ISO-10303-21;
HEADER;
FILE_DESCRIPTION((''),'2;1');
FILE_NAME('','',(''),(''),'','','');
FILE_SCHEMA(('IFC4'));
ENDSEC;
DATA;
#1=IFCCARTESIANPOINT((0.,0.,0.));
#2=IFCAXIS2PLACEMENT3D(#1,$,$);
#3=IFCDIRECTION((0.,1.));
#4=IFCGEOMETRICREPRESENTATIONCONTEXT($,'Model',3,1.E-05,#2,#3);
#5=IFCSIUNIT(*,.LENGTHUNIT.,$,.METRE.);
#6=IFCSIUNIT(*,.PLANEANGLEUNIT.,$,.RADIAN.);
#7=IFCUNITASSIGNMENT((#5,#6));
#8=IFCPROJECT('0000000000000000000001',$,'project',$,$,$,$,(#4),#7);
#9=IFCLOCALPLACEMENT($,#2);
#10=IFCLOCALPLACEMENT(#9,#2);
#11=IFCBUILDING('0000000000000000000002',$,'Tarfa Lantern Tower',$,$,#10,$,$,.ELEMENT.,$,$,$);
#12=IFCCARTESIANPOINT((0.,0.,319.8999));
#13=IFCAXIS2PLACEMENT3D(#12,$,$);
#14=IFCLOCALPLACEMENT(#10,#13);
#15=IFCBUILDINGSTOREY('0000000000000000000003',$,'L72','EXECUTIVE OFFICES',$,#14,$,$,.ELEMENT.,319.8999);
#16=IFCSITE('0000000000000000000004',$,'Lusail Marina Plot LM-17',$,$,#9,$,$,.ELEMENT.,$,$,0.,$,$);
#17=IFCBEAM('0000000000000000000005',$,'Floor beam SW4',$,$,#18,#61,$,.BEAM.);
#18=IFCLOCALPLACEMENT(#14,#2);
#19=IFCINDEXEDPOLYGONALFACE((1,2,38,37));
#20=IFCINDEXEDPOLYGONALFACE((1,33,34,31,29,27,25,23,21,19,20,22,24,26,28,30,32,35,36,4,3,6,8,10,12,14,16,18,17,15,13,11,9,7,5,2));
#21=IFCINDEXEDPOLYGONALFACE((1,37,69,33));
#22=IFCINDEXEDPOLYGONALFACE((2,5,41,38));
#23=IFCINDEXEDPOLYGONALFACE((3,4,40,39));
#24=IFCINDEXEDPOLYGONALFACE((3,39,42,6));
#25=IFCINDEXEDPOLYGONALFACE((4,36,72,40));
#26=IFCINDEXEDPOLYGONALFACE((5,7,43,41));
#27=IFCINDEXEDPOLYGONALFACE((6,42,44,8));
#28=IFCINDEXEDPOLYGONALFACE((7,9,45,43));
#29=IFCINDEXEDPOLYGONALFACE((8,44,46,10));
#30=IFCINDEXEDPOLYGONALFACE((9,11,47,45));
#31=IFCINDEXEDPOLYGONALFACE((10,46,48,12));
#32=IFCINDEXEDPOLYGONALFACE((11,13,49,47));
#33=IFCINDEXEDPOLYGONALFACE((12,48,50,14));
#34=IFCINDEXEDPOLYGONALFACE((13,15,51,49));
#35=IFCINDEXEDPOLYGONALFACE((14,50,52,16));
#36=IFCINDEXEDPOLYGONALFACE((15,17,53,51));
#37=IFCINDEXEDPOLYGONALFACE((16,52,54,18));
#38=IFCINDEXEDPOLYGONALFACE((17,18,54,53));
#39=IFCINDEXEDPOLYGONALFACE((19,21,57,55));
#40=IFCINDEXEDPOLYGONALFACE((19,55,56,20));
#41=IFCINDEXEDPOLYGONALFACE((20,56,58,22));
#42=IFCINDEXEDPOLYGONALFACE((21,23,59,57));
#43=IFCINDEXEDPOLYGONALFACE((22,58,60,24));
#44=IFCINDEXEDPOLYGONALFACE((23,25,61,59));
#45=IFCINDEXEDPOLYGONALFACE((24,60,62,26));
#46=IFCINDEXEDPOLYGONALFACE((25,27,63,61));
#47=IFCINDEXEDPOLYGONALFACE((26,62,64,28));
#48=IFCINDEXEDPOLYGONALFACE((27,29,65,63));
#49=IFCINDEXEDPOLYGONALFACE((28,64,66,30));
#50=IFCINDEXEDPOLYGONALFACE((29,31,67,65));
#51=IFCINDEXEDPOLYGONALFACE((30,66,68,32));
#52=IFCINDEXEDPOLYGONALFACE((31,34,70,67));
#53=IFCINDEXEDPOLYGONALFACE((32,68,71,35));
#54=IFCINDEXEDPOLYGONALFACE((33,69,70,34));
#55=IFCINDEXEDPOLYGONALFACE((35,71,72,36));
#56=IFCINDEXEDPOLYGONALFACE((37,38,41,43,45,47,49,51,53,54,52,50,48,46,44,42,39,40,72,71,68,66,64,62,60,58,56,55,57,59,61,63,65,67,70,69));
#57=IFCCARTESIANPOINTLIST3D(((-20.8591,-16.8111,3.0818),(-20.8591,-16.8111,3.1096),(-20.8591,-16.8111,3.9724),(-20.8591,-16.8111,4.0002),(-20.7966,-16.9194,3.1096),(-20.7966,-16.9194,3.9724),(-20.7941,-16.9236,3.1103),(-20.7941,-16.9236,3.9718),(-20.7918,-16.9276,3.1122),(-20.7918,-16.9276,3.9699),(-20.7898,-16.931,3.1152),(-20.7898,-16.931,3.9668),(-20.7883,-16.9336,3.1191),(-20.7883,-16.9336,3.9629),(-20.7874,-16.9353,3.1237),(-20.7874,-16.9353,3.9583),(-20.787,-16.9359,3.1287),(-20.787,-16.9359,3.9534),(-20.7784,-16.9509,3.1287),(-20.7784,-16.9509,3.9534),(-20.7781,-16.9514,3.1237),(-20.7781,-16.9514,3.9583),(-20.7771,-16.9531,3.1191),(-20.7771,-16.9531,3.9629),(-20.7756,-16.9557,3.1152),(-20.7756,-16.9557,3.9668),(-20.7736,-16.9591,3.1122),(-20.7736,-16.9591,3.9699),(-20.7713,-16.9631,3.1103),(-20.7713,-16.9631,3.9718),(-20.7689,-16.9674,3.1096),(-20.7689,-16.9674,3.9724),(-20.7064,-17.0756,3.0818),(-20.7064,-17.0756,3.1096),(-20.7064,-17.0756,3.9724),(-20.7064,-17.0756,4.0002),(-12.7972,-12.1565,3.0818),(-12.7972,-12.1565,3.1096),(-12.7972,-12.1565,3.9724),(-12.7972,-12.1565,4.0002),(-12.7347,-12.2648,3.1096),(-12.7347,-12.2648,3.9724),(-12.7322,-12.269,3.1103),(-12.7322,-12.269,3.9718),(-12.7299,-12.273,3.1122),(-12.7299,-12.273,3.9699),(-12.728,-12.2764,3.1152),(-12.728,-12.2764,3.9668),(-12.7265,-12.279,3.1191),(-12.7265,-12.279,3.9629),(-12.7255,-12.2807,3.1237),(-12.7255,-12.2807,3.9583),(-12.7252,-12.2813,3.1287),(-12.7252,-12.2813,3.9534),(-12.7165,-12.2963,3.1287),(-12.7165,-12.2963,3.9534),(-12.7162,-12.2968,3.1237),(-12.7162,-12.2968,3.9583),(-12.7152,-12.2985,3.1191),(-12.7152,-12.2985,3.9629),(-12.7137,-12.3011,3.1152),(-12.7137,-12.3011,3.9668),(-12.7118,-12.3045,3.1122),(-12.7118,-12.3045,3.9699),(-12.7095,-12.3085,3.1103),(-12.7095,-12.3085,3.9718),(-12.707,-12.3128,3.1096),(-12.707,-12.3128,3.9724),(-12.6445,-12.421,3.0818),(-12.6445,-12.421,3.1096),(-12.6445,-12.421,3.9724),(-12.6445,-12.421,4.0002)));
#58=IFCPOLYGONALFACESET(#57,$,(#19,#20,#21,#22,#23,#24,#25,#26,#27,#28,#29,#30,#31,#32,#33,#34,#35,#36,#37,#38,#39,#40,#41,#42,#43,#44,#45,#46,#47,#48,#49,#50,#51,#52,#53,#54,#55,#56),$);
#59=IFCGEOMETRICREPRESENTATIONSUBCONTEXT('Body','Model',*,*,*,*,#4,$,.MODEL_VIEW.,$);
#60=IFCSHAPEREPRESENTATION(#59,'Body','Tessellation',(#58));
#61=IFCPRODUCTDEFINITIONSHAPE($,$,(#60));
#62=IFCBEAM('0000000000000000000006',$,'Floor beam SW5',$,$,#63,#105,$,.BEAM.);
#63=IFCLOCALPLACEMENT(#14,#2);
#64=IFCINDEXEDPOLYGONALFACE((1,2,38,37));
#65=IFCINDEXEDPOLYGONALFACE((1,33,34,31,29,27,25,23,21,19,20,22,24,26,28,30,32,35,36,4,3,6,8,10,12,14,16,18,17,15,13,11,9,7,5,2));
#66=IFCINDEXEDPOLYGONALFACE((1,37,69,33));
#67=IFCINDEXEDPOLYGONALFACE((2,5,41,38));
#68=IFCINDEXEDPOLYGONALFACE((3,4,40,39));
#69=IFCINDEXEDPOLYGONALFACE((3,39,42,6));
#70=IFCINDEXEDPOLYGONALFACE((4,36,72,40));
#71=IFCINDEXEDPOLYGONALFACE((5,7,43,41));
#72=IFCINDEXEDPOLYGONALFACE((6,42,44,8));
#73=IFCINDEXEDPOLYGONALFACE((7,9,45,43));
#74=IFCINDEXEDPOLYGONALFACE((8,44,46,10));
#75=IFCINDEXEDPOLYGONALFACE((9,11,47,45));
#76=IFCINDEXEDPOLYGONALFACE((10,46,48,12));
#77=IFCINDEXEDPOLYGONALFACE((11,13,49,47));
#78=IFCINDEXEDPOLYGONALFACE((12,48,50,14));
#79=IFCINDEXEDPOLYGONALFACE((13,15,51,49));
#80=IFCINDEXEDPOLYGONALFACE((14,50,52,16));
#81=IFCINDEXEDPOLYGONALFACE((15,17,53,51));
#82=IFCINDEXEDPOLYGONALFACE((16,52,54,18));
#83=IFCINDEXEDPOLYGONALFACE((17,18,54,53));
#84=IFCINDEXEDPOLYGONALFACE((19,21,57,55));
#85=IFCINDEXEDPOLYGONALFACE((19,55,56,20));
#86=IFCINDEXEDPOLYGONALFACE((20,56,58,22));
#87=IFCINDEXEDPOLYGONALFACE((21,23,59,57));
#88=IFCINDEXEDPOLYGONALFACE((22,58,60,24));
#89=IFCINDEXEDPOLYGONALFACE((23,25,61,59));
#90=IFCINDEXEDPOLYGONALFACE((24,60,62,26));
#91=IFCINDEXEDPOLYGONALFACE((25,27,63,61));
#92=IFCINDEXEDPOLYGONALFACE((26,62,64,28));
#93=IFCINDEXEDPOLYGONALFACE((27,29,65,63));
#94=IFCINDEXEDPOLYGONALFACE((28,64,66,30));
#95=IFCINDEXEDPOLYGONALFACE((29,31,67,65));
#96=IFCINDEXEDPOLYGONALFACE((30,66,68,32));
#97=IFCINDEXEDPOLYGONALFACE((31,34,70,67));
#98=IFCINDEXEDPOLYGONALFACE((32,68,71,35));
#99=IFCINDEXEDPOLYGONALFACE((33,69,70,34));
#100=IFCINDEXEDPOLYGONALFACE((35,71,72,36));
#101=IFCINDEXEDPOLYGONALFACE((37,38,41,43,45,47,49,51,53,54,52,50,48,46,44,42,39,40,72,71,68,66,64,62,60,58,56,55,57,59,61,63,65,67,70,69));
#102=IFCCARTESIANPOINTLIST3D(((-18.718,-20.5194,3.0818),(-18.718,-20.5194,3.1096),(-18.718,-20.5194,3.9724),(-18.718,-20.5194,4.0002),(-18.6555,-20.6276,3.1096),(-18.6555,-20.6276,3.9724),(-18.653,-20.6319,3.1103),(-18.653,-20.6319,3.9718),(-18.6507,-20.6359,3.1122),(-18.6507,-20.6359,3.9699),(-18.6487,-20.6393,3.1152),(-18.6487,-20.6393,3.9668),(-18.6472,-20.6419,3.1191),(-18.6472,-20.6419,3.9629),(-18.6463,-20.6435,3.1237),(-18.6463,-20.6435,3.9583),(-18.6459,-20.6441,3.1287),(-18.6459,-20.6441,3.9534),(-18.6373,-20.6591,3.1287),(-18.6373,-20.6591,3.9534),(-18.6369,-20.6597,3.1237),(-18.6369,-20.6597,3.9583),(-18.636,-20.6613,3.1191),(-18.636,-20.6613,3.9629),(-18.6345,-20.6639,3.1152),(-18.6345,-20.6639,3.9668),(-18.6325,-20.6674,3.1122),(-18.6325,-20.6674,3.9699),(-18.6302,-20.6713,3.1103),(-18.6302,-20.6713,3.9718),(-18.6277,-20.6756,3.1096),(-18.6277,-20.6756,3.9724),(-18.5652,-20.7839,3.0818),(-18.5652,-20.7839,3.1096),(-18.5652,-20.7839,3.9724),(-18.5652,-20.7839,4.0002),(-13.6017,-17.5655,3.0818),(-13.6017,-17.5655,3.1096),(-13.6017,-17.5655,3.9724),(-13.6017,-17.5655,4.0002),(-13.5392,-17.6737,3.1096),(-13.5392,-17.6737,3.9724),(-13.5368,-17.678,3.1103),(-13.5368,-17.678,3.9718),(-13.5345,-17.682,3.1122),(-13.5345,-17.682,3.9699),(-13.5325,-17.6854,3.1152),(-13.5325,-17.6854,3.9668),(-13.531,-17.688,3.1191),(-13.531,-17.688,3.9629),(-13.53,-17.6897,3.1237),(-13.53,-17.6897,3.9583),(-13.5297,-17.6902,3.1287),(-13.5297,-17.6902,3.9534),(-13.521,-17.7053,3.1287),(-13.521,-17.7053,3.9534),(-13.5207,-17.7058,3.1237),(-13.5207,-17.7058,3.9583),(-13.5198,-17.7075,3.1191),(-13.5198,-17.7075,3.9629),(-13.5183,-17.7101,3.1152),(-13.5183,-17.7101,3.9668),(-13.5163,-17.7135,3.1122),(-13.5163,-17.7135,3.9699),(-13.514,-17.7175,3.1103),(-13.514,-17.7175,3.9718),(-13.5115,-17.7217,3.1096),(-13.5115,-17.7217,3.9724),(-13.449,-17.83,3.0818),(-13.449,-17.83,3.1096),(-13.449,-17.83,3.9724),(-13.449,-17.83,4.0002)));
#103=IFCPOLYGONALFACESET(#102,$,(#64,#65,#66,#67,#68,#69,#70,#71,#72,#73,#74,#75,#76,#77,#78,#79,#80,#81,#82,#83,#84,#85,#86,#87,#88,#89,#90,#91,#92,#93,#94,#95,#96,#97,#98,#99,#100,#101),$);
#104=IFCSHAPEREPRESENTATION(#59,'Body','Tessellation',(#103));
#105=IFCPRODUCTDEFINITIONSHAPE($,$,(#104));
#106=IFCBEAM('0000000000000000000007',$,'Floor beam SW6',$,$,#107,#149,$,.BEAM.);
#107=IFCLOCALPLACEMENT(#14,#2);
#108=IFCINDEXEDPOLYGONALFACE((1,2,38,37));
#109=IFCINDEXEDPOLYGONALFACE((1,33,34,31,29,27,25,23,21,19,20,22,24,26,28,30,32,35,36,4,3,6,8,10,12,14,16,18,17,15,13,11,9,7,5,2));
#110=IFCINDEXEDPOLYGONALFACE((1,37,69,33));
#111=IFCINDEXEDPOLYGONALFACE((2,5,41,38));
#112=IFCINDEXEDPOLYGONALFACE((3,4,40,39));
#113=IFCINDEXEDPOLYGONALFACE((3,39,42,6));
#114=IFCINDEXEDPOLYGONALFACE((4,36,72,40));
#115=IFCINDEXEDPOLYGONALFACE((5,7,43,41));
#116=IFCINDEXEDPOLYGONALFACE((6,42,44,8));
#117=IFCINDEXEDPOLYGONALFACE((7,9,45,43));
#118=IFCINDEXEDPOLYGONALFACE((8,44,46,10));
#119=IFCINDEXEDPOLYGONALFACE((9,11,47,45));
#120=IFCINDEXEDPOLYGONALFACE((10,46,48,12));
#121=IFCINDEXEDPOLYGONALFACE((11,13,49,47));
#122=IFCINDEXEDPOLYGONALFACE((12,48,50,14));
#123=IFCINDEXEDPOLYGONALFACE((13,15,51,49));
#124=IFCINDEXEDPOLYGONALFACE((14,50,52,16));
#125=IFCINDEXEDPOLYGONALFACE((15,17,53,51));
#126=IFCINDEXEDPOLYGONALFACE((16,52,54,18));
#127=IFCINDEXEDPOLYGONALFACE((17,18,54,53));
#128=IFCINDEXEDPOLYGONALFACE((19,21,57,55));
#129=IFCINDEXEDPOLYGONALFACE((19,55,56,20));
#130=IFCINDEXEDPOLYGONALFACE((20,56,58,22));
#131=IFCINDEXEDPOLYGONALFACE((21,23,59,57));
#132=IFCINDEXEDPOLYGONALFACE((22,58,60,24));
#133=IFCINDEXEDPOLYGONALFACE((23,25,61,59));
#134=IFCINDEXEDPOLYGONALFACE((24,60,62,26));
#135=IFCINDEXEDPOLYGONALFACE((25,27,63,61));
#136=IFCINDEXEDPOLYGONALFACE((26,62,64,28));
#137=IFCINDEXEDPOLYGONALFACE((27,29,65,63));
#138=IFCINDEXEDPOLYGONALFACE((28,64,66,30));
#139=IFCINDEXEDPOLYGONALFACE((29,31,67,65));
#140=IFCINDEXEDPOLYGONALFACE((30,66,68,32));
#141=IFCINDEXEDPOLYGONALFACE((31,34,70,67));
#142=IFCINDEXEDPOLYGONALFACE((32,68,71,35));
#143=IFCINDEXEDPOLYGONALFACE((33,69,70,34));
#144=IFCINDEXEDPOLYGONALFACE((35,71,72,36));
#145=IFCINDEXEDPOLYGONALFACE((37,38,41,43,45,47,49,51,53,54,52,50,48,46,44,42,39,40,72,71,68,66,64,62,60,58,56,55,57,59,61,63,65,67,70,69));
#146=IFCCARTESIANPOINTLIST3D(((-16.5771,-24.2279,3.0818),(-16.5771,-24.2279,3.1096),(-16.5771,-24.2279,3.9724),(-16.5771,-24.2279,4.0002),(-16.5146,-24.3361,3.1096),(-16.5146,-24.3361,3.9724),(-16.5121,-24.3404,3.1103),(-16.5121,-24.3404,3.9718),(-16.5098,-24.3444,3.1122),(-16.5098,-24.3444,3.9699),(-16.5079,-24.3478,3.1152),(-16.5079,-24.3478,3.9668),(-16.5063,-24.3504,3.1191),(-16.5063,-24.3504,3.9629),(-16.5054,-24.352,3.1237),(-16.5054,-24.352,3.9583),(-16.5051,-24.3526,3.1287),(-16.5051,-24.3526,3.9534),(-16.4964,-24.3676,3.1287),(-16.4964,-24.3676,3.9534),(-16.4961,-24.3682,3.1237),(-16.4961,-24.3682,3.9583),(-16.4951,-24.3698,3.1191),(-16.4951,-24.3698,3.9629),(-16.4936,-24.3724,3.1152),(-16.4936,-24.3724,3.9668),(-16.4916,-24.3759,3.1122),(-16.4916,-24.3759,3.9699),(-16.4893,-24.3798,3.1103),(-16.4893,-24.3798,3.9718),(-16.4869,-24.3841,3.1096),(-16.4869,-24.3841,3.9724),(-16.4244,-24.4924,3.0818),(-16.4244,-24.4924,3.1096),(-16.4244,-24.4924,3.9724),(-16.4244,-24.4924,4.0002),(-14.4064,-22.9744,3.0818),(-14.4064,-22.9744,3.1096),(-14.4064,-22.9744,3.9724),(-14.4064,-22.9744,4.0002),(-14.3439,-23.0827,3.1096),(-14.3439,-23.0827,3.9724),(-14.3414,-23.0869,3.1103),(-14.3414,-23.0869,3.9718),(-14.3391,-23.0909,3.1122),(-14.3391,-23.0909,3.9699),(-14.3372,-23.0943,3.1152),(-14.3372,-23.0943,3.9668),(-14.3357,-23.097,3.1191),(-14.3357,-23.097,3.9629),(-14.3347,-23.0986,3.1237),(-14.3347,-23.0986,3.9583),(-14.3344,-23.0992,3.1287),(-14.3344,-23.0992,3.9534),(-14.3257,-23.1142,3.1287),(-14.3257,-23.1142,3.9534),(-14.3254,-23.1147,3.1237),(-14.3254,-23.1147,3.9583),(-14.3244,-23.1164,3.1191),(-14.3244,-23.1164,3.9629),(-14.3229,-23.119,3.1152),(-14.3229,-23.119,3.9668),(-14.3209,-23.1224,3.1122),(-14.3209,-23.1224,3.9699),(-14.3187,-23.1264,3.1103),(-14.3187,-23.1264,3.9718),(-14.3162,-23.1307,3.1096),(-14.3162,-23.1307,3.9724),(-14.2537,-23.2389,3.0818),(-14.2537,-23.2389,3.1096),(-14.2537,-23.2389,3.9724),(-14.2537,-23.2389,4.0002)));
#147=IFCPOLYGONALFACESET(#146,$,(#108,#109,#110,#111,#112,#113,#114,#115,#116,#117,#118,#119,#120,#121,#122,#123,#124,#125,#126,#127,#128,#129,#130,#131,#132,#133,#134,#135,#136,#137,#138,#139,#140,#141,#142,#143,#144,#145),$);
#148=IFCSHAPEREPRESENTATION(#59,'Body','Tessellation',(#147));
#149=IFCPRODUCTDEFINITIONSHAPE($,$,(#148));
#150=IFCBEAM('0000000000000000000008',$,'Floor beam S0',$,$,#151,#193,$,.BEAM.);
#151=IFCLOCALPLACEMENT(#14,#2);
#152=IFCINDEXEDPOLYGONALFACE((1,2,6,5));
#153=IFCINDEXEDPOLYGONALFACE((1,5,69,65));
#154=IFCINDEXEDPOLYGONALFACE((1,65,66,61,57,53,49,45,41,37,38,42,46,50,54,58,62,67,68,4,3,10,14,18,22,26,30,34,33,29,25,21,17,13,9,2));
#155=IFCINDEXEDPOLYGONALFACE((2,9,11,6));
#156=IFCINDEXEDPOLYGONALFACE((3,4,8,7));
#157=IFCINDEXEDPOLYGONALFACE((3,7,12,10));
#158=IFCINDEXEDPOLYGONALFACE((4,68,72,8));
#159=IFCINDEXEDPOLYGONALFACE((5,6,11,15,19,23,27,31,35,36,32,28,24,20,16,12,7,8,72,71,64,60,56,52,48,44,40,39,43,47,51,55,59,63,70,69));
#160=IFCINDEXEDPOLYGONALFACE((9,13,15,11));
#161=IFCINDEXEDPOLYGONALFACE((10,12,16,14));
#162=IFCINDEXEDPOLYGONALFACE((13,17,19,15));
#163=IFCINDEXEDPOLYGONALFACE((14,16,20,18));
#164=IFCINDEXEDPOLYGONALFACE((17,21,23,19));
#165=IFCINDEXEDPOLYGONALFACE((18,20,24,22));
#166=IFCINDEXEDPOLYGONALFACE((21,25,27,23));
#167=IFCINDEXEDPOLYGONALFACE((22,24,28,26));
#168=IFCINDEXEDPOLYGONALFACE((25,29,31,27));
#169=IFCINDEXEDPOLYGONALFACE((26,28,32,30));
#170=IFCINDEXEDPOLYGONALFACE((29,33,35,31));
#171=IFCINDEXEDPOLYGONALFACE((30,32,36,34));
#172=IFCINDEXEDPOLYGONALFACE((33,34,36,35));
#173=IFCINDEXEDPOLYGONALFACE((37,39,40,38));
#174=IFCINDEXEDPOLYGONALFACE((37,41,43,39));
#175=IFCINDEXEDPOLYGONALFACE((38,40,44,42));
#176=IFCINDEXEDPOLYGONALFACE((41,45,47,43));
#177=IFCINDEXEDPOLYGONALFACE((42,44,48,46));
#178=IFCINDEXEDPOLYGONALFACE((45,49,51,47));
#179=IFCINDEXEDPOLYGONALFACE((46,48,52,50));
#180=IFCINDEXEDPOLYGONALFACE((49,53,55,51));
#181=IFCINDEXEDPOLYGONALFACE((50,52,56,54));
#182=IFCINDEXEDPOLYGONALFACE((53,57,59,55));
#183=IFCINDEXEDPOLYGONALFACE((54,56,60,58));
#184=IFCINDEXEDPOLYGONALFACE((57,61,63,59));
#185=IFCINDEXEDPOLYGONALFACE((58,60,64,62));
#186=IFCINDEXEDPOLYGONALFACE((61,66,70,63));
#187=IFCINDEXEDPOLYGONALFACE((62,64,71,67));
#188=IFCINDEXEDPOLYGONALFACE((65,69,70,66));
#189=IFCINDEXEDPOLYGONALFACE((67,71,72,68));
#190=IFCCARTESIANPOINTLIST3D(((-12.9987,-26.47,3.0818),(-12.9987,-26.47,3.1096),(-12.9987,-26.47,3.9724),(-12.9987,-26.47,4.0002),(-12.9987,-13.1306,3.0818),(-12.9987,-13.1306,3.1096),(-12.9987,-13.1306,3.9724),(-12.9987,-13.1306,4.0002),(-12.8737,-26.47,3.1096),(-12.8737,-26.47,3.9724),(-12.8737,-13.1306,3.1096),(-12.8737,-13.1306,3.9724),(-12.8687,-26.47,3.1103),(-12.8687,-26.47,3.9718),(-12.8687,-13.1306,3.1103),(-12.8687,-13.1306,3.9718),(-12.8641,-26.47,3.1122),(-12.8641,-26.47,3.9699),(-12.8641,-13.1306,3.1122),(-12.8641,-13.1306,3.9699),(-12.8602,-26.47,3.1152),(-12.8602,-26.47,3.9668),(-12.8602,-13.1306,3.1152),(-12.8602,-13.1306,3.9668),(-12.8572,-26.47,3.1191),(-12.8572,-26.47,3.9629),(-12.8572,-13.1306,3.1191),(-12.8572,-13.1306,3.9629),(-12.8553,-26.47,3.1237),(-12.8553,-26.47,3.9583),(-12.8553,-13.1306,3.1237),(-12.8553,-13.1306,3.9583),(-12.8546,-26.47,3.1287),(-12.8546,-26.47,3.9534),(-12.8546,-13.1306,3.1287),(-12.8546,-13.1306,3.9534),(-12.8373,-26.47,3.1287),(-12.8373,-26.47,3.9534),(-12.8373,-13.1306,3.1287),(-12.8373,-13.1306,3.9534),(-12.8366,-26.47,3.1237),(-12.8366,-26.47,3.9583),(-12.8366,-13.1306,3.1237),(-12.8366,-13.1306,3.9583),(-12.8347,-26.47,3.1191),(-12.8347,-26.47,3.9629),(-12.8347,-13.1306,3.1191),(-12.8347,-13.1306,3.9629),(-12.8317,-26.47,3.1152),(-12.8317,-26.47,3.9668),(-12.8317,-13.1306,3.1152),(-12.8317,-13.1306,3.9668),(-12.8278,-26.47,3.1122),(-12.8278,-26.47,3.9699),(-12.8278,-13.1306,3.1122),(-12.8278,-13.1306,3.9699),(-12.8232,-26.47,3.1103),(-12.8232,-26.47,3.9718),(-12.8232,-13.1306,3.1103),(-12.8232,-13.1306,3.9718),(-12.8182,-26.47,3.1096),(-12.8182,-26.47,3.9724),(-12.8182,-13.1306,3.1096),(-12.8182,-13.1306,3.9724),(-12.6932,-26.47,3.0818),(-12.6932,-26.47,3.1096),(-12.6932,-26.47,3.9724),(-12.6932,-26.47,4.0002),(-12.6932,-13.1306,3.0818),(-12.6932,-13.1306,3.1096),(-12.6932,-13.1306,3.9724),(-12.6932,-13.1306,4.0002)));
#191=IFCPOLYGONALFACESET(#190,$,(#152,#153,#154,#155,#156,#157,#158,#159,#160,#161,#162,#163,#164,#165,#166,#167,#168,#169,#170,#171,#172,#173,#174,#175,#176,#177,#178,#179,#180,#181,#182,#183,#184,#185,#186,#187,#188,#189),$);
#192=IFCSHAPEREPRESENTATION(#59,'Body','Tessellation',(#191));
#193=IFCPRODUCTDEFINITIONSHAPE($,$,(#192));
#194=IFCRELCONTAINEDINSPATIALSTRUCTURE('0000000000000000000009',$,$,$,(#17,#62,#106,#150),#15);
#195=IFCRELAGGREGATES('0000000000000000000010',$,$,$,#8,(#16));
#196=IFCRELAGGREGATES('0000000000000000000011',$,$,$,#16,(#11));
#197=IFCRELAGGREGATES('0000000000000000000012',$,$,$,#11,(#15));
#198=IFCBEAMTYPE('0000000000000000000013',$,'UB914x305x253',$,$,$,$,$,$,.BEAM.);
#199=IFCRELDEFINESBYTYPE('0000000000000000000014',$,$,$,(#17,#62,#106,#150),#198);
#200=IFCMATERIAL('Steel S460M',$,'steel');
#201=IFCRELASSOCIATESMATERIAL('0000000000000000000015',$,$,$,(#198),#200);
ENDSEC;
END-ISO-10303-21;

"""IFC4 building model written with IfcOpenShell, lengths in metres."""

from ifc_helpers import new_model, si_unit, direction, frame, origin, origin_2d, place, context, subcontext, project, spatial, i_section, extrude, material, material_profile, profile_set, type_object, element, save


model = new_model("IFC4")

# Units and contexts
model_context = context("Model", 3, precision=1e-05, world=origin(), true_north=direction((0.0, 1.0)))
body_context = subcontext(model_context, "Body", "Model", "MODEL_VIEW")
ifc_project = project(units=[si_unit("LENGTHUNIT", "METRE"), si_unit("PLANEANGLEUNIT", "RADIAN")], contexts=[model_context])

# Site, building, storey
site_placement = place(None, origin())
site = spatial("IfcSite", under=ifc_project, at=site_placement, Name="Lusail Marina Plot LM-17", CompositionType="ELEMENT", RefElevation=0.0)
building_placement = place(site_placement, origin())
building = spatial("IfcBuilding", under=site, at=building_placement, Name="Tarfa Lantern Tower", CompositionType="ELEMENT")
storey_placement = place(building_placement, frame((0.0, 0.0, 319.8999)))
storey = spatial("IfcBuildingStorey", under=building, at=storey_placement, Name="L72", Description="EXECUTIVE OFFICES", CompositionType="ELEMENT", Elevation=319.8999)

# Beams
ifc_material_1 = material(Name="Steel S460M", Category="steel")
ifc_material_profile_1 = material_profile(ifc_material_1, i_section(OverallWidth=0.3054, OverallDepth=0.9185, WebThickness=0.0173, FlangeThickness=0.0278, FilletRadius=0.019, at=origin_2d()), Name="UB914x305x253")
ifc_profile_set_1 = profile_set([ifc_material_profile_1], Name="Steel S460M")
beam_type_1 = type_object("IfcBeamType", Name="UB914x305x253", PredefinedType="BEAM", material=ifc_profile_set_1)
beam_1_placement = place(storey_placement, frame((-20.7827, -16.9434, 3.541), z_axis=(0.866022, 0.500006, 0.0), x_axis=(-0.500006, 0.866022, 0.0)))
element("IfcBeam", 1, at=beam_1_placement, inside=storey, type_object=beam_type_1, Name="Floor beam SW4", PredefinedType="BEAM", context=body_context, shape_type="SweptSolid", body=[
    extrude(i_section(OverallWidth=0.3054, OverallDepth=0.9185, WebThickness=0.0173, FlangeThickness=0.0278, FilletRadius=0.019, at=origin_2d()), origin(), (0.0, 0.0, 1.0), 9.3091),
])
beam_2_placement = place(storey_placement, frame((-18.6416, -20.6516, 3.541), z_axis=(0.866025, 0.500001, 0.0), x_axis=(-0.500001, 0.866025, 0.0)))
element("IfcBeam", 2, at=beam_2_placement, inside=storey, type_object=beam_type_1, Name="Floor beam SW5", PredefinedType="BEAM", context=body_context, shape_type="SweptSolid", body=[
    extrude(i_section(OverallWidth=0.3054, OverallDepth=0.9185, WebThickness=0.0173, FlangeThickness=0.0278, FilletRadius=0.019, at=origin_2d()), origin(), (0.0, 0.0, 1.0), 5.9077),
])
beam_3_placement = place(storey_placement, frame((-16.5007, -24.3601, 3.541), z_axis=(0.865993, 0.500057, 0.0), x_axis=(-0.500057, 0.865993, 0.0)))
element("IfcBeam", 3, at=beam_3_placement, inside=storey, type_object=beam_type_1, Name="Floor beam SW6", PredefinedType="BEAM", context=body_context, shape_type="SweptSolid", body=[
    extrude(i_section(OverallWidth=0.3054, OverallDepth=0.9185, WebThickness=0.0173, FlangeThickness=0.0278, FilletRadius=0.019, at=origin_2d()), origin(), (0.0, 0.0, 1.0), 2.5066),
])
beam_4_placement = place(storey_placement, frame((-12.8459, -26.47, 3.541), z_axis=(0.0, 1.0, 0.0), x_axis=(-1.0, 0.0, 0.0)))
element("IfcBeam", 4, at=beam_4_placement, inside=storey, type_object=beam_type_1, Name="Floor beam S0", PredefinedType="BEAM", context=body_context, shape_type="SweptSolid", body=[
    extrude(i_section(OverallWidth=0.3054, OverallDepth=0.9185, WebThickness=0.0173, FlangeThickness=0.0278, FilletRadius=0.019, at=origin_2d()), origin(), (0.0, 0.0, 1.0), 13.3394),
])

save(model, "model.ifc")
